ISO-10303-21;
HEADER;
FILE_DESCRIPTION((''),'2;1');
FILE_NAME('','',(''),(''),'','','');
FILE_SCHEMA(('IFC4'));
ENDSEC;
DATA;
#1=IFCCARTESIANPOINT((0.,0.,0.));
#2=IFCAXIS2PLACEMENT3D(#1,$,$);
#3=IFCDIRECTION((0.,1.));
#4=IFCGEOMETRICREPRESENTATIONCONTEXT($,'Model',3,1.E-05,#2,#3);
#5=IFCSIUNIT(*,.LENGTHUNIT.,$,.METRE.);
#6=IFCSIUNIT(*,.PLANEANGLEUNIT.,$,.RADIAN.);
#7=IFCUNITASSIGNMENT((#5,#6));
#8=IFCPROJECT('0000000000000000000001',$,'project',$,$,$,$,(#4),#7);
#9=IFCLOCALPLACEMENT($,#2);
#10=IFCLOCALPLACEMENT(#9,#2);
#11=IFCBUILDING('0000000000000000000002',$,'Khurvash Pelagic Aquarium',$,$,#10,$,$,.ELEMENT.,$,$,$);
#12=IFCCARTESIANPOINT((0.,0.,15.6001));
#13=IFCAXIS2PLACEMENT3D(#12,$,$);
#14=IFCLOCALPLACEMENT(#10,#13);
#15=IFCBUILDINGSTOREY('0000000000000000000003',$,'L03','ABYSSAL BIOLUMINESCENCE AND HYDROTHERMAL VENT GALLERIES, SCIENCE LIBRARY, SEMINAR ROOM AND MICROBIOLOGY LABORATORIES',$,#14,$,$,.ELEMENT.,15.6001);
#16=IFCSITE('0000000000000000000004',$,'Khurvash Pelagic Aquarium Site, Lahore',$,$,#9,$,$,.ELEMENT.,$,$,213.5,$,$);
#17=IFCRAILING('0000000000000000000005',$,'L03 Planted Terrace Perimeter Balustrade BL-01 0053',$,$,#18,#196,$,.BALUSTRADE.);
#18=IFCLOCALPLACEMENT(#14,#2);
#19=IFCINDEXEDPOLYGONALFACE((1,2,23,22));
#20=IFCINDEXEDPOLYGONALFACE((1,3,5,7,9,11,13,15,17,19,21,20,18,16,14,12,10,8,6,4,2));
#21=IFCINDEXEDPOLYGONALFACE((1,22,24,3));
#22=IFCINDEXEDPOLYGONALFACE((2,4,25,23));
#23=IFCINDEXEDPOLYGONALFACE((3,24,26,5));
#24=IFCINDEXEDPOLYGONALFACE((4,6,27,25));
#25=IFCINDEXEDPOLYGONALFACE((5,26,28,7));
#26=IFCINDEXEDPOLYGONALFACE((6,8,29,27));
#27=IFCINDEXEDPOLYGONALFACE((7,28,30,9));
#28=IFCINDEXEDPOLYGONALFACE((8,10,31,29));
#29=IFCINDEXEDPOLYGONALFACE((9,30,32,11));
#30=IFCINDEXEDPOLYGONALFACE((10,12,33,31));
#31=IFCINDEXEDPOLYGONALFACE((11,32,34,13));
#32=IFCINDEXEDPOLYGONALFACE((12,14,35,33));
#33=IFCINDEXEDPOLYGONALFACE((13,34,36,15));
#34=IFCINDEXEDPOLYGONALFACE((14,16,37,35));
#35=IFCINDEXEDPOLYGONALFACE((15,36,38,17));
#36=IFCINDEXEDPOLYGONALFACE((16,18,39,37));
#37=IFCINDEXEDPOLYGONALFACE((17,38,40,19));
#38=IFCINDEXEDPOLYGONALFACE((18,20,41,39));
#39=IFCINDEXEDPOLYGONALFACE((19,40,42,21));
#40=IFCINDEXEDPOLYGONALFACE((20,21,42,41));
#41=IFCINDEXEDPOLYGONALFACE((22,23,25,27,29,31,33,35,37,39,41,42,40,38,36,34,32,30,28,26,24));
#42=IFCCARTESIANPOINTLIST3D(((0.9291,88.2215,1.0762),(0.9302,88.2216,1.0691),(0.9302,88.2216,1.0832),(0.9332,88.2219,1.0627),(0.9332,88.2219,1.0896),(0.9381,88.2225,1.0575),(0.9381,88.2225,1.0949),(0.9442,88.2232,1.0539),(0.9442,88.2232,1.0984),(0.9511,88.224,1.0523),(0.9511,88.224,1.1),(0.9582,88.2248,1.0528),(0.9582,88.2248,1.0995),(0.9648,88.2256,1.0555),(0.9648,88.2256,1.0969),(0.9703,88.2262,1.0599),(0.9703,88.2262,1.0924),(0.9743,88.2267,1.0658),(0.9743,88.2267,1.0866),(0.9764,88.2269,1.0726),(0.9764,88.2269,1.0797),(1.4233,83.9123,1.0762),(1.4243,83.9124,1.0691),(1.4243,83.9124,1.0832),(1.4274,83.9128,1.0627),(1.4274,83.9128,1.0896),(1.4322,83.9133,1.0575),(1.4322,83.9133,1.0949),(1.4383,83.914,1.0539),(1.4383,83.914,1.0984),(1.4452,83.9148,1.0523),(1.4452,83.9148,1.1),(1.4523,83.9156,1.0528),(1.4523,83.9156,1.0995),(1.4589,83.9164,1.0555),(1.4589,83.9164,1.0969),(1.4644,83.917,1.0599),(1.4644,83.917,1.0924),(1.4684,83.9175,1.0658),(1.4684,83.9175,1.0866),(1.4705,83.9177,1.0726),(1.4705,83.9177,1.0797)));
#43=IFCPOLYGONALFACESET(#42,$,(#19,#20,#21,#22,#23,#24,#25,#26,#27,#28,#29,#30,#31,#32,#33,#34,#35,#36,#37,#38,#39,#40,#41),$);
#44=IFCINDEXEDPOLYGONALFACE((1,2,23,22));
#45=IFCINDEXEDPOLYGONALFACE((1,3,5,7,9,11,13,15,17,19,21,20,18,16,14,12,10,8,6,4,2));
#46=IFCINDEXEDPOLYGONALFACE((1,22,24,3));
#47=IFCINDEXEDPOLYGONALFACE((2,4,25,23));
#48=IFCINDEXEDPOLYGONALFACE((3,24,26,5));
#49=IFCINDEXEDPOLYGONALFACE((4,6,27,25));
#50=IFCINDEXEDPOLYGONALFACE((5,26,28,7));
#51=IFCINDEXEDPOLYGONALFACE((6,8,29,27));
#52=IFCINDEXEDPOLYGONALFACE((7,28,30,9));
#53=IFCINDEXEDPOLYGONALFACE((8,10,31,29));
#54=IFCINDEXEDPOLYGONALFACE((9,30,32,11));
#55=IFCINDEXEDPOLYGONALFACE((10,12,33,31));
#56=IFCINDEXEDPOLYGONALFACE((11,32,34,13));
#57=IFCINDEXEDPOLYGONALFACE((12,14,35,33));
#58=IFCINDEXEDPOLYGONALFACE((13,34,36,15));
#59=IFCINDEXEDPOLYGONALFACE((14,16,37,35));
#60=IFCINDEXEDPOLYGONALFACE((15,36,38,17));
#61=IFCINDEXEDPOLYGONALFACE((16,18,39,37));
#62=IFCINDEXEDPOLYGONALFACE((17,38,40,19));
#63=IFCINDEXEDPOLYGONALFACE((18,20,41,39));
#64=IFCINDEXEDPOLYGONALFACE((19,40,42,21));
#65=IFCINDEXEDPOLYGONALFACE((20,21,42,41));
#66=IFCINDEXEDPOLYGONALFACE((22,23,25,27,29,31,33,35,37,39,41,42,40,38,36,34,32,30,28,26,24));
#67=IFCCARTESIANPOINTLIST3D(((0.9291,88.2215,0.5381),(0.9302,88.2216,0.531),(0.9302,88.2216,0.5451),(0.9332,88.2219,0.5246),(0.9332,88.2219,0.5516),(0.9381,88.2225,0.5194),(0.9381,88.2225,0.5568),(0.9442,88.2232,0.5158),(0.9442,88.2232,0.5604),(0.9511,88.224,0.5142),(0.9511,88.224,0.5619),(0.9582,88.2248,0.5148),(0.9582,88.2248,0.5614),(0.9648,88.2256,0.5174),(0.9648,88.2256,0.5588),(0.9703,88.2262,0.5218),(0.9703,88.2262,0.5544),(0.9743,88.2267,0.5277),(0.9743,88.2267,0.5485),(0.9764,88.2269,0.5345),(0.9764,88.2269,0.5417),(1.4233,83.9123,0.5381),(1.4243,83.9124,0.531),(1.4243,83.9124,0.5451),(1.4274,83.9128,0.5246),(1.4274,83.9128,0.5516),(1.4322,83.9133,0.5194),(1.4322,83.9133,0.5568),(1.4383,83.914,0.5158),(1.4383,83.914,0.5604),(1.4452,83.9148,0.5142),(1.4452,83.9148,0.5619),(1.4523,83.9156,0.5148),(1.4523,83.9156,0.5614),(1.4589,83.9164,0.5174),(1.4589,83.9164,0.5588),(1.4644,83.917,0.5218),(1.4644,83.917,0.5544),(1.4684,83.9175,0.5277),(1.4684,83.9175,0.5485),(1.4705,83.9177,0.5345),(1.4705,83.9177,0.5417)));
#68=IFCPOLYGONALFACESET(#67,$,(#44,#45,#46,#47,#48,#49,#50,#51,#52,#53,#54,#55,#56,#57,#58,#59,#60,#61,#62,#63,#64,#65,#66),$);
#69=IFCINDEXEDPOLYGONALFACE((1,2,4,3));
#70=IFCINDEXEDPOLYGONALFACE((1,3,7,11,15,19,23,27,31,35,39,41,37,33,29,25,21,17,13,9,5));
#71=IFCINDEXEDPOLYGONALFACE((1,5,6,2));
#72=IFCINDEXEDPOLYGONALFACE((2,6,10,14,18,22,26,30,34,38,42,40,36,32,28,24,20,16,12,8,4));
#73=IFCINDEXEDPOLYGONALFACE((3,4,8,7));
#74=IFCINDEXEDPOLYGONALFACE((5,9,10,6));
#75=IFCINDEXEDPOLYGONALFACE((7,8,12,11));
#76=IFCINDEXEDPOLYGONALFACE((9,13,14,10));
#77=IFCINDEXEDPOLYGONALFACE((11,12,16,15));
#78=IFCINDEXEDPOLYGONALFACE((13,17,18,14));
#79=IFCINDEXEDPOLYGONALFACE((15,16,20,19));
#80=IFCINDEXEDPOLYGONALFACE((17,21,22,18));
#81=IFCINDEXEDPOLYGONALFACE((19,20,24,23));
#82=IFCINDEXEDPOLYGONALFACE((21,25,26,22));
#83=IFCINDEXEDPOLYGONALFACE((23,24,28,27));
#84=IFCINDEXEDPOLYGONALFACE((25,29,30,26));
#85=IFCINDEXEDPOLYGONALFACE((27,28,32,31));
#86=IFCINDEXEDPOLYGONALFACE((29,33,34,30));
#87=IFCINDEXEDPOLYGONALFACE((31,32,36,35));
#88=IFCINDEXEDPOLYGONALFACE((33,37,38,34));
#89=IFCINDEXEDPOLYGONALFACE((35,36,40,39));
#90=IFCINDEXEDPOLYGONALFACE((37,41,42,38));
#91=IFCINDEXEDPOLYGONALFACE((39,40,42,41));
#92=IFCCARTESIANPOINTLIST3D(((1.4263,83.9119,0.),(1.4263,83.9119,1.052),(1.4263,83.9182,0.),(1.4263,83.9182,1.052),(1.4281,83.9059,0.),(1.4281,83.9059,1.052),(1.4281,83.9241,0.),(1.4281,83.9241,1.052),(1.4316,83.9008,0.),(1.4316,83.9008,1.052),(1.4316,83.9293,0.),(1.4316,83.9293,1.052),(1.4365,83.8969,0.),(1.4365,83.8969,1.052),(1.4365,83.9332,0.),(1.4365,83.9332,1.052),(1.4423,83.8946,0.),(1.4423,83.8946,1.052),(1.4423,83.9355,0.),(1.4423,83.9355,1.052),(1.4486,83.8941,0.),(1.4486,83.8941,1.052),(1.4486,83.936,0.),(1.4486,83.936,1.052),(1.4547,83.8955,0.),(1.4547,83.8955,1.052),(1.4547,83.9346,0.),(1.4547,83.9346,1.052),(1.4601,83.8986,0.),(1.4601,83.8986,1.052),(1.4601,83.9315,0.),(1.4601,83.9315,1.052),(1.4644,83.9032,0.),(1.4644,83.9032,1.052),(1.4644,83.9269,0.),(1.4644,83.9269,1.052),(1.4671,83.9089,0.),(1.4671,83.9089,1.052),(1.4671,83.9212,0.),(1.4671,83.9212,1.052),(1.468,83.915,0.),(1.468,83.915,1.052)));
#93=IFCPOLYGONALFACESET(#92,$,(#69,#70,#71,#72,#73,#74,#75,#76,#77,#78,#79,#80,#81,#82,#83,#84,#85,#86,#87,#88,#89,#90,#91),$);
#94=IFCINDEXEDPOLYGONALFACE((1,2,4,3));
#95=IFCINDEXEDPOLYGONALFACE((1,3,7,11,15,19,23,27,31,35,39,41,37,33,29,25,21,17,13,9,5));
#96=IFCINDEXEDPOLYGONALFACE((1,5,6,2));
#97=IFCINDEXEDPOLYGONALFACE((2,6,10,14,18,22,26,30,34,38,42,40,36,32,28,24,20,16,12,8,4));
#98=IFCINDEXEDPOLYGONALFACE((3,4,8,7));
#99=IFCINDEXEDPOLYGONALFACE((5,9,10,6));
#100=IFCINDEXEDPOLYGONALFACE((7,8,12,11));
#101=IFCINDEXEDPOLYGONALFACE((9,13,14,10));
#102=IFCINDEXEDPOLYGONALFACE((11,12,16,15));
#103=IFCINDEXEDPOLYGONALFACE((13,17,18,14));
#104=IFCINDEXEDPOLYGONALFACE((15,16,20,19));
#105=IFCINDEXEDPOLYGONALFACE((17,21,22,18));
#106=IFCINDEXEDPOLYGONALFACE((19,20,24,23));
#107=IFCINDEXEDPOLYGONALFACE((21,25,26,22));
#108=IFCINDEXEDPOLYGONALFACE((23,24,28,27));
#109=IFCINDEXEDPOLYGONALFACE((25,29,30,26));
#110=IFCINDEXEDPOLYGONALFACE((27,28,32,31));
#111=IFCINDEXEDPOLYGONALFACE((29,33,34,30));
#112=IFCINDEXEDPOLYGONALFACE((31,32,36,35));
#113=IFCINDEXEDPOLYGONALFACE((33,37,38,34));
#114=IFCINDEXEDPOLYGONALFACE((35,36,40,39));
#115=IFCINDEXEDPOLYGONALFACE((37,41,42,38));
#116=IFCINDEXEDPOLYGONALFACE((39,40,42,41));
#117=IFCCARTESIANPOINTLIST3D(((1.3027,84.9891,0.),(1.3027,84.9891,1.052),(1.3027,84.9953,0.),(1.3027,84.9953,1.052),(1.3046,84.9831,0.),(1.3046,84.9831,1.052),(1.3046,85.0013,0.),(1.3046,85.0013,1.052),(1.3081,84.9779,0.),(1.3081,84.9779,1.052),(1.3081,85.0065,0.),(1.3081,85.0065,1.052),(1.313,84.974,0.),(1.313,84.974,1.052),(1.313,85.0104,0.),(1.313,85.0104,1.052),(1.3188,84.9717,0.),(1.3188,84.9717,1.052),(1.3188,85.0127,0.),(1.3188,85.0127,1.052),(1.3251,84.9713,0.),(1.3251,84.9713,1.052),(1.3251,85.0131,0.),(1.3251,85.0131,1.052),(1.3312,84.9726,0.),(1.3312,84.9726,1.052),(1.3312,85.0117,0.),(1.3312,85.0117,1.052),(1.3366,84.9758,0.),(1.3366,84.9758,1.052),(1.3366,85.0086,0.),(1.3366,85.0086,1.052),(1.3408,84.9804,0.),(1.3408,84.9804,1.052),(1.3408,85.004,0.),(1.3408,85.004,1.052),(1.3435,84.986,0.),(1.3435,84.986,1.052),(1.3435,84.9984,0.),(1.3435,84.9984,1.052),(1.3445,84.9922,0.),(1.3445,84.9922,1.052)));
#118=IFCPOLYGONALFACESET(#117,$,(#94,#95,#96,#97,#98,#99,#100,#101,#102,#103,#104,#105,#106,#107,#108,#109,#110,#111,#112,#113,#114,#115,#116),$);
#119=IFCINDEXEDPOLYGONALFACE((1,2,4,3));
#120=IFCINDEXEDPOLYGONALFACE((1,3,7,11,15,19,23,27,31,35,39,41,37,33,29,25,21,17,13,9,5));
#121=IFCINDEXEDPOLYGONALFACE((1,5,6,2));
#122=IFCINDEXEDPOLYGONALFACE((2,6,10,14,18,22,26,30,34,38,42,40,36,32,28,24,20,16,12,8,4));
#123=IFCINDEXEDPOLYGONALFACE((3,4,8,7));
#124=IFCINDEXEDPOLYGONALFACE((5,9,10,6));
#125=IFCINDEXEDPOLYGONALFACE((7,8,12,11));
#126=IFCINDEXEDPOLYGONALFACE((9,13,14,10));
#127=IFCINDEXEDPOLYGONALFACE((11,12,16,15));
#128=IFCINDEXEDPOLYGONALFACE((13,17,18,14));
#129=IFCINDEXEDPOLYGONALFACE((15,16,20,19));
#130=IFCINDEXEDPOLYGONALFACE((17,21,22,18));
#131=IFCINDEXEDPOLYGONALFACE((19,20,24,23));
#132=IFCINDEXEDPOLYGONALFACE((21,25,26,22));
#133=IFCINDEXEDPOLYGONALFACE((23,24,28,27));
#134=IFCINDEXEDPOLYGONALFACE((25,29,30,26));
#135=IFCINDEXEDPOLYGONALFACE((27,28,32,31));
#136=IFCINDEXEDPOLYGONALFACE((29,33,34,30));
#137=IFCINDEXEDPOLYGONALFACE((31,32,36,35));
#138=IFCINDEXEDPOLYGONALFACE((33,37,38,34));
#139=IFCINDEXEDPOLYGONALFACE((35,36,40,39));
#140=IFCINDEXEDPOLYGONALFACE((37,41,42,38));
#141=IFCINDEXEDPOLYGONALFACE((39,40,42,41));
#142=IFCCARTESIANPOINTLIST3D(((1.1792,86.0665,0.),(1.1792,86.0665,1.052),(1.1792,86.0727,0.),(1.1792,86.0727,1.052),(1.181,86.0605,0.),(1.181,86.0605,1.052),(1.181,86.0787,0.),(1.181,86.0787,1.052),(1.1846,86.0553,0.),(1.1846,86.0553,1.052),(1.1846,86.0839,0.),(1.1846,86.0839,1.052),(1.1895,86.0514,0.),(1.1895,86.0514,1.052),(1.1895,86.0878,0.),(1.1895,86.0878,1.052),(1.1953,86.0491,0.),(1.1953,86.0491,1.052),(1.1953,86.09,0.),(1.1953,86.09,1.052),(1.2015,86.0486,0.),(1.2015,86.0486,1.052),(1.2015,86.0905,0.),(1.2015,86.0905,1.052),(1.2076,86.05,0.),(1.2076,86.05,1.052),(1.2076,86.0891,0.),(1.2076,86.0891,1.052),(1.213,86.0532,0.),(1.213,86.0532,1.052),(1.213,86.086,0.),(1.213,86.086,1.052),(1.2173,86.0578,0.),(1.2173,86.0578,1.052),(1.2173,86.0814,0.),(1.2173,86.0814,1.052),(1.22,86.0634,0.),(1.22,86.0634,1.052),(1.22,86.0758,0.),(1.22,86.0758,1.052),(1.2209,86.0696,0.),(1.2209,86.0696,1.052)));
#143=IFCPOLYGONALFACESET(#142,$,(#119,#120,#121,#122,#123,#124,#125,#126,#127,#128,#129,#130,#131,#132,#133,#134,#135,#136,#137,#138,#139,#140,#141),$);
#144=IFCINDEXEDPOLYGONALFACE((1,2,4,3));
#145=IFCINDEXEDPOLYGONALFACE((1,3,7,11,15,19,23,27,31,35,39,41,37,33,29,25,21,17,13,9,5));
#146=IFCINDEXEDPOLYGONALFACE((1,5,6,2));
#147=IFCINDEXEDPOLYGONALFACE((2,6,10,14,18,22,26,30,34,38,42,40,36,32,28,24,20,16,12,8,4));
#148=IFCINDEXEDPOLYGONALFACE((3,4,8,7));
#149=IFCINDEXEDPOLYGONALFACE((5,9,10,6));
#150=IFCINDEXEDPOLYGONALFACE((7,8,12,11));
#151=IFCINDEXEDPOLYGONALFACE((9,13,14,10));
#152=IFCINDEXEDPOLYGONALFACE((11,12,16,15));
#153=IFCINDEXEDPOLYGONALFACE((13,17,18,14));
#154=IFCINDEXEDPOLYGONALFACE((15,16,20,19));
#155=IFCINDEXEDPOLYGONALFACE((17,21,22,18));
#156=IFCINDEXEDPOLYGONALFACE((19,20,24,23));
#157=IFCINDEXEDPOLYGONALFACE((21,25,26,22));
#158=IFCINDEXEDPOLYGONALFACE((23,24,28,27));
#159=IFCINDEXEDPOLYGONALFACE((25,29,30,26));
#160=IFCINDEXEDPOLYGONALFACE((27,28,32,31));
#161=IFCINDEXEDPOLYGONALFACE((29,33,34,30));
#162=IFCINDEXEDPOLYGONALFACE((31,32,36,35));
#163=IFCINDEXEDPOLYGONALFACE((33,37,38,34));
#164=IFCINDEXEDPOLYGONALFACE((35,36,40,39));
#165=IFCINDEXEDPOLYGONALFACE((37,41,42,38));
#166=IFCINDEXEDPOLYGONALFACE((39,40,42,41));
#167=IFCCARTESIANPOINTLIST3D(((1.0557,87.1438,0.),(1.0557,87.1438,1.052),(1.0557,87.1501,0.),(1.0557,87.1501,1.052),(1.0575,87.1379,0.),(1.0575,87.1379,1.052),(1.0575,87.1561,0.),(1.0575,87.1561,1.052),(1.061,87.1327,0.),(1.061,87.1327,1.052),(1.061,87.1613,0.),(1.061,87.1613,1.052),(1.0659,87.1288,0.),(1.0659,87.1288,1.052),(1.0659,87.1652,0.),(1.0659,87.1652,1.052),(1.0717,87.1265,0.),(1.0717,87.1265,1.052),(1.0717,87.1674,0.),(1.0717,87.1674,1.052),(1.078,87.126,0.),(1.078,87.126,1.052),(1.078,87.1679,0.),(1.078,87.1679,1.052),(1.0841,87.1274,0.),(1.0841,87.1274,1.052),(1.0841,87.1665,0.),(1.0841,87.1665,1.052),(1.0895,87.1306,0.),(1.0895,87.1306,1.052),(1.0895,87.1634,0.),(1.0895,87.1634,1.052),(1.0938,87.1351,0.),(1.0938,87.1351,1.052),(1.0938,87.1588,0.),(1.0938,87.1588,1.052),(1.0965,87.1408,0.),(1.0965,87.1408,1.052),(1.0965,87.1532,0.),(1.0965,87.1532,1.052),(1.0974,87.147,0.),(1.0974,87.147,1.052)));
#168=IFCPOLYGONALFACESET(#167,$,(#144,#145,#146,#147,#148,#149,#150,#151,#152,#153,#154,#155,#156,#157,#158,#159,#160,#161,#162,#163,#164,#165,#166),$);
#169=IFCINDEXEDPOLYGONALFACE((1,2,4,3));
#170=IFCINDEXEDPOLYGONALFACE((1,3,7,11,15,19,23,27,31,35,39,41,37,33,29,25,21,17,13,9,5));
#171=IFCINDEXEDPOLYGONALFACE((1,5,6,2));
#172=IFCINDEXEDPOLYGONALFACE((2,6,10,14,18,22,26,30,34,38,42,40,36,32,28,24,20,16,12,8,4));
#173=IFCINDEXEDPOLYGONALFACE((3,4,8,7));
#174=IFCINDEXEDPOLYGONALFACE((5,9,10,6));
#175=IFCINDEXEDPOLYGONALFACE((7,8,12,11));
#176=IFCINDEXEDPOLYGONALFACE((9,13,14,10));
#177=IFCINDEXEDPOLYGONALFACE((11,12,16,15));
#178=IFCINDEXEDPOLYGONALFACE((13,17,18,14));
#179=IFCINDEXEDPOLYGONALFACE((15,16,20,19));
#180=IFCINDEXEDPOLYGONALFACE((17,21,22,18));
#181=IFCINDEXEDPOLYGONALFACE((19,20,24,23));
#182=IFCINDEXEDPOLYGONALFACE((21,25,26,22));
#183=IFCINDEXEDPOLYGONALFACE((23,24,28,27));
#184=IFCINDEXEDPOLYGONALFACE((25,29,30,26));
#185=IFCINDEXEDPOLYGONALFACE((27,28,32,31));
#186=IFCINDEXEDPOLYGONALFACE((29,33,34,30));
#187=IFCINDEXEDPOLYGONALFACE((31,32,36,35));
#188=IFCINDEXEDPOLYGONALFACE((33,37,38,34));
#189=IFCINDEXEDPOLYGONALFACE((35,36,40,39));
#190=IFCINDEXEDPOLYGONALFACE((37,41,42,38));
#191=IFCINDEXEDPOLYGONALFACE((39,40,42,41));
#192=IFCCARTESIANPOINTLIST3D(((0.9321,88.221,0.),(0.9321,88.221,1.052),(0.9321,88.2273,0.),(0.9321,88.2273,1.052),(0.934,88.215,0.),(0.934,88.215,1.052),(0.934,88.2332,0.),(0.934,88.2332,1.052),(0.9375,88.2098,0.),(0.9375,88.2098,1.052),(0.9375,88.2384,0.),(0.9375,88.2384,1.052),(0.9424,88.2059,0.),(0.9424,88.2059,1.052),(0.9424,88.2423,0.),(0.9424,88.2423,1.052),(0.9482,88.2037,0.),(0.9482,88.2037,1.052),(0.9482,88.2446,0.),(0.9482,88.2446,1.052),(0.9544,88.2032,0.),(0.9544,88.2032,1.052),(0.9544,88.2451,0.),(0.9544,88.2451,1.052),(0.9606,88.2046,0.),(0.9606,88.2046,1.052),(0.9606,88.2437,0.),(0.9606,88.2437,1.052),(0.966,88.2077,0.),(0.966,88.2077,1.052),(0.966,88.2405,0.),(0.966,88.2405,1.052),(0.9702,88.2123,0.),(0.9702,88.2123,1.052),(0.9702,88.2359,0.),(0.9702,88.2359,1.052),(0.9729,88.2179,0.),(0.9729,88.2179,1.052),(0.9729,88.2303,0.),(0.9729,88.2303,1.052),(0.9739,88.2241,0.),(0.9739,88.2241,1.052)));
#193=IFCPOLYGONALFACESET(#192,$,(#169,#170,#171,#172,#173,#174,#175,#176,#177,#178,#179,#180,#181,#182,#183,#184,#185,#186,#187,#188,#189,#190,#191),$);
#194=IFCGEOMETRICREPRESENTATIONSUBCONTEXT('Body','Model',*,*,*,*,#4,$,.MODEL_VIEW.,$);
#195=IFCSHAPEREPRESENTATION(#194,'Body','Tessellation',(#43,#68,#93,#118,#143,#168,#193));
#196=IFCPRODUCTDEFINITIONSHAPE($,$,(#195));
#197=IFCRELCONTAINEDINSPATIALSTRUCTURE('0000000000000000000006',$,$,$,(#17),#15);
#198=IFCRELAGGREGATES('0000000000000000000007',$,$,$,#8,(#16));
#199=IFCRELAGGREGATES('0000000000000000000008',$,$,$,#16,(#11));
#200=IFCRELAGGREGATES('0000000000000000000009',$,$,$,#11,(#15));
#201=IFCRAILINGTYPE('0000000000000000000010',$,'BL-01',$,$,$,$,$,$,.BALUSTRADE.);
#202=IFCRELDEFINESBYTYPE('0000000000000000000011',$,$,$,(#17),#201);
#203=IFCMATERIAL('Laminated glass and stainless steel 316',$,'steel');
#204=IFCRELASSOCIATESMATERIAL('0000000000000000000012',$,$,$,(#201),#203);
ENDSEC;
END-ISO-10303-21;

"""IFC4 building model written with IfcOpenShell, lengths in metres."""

from ifc_helpers import new_model, si_unit, direction, frame, origin, origin_2d, place, context, subcontext, project, spatial, circle, extrude, material, type_object, element, save


model = new_model("IFC4")

# Units and contexts
model_context = context("Model", 3, precision=1e-05, world=origin(), true_north=direction((0.0, 1.0)))
body_context = subcontext(model_context, "Body", "Model", "MODEL_VIEW")
ifc_project = project(units=[si_unit("LENGTHUNIT", "METRE"), si_unit("PLANEANGLEUNIT", "RADIAN")], contexts=[model_context])

# Site, building, storey
site_placement = place(None, origin())
site = spatial("IfcSite", under=ifc_project, at=site_placement, Name="Khurvash Pelagic Aquarium Site, Lahore", CompositionType="ELEMENT", RefElevation=213.5)
building_placement = place(site_placement, origin())
building = spatial("IfcBuilding", under=site, at=building_placement, Name="Khurvash Pelagic Aquarium", CompositionType="ELEMENT")
storey_placement = place(building_placement, frame((0.0, 0.0, 15.6001)))
storey = spatial("IfcBuildingStorey", under=building, at=storey_placement, Name="L03", Description="ABYSSAL BIOLUMINESCENCE AND HYDROTHERMAL VENT GALLERIES, SCIENCE LIBRARY, SEMINAR ROOM AND MICROBIOLOGY LABORATORIES", CompositionType="ELEMENT", Elevation=15.6001)

# Railing
ifc_material_1 = material(Name="Laminated glass and stainless steel 316", Category="steel")
railing_type = type_object("IfcRailingType", Name="BL-01", PredefinedType="BALUSTRADE", material=ifc_material_1)
railing_1_placement = place(storey_placement, frame((1.447, 83.915, 0.0)))
element("IfcRailing", 1, at=railing_1_placement, inside=storey, type_object=railing_type, Name="L03 Planted Terrace Perimeter Balustrade BL-01 0053", PredefinedType="BALUSTRADE", context=body_context, shape_type="SweptSolid", body=[
    extrude(circle(Radius=0.0239, at=origin_2d()), frame((0.0, 0.0, 1.0762), z_axis=(-0.113928, 0.993489, 0.0), x_axis=(-0.993489, -0.113928, 0.0)), (0.0, 0.0, 1.0), 4.3374),
    extrude(circle(Radius=0.0239, at=origin_2d()), frame((0.0, 0.0, 0.5381), z_axis=(-0.113928, 0.993489, 0.0), x_axis=(-0.993489, -0.113928, 0.0)), (0.0, 0.0, 1.0), 4.3374),
    extrude(circle(Radius=0.021, at=origin_2d()), origin(), (0.0, 0.0, 1.0), 1.052),
    extrude(circle(Radius=0.021, at=origin_2d()), frame((-0.1235, 1.0771, 0.0)), (0.0, 0.0, 1.0), 1.052),
    extrude(circle(Radius=0.021, at=origin_2d()), frame((-0.2471, 2.1545, 0.0)), (0.0, 0.0, 1.0), 1.052),
    extrude(circle(Radius=0.021, at=origin_2d()), frame((-0.3706, 3.2319, 0.0)), (0.0, 0.0, 1.0), 1.052),
    extrude(circle(Radius=0.021, at=origin_2d()), frame((-0.4941, 4.3091, 0.0)), (0.0, 0.0, 1.0), 1.052),
])

save(model, "model.ifc")
